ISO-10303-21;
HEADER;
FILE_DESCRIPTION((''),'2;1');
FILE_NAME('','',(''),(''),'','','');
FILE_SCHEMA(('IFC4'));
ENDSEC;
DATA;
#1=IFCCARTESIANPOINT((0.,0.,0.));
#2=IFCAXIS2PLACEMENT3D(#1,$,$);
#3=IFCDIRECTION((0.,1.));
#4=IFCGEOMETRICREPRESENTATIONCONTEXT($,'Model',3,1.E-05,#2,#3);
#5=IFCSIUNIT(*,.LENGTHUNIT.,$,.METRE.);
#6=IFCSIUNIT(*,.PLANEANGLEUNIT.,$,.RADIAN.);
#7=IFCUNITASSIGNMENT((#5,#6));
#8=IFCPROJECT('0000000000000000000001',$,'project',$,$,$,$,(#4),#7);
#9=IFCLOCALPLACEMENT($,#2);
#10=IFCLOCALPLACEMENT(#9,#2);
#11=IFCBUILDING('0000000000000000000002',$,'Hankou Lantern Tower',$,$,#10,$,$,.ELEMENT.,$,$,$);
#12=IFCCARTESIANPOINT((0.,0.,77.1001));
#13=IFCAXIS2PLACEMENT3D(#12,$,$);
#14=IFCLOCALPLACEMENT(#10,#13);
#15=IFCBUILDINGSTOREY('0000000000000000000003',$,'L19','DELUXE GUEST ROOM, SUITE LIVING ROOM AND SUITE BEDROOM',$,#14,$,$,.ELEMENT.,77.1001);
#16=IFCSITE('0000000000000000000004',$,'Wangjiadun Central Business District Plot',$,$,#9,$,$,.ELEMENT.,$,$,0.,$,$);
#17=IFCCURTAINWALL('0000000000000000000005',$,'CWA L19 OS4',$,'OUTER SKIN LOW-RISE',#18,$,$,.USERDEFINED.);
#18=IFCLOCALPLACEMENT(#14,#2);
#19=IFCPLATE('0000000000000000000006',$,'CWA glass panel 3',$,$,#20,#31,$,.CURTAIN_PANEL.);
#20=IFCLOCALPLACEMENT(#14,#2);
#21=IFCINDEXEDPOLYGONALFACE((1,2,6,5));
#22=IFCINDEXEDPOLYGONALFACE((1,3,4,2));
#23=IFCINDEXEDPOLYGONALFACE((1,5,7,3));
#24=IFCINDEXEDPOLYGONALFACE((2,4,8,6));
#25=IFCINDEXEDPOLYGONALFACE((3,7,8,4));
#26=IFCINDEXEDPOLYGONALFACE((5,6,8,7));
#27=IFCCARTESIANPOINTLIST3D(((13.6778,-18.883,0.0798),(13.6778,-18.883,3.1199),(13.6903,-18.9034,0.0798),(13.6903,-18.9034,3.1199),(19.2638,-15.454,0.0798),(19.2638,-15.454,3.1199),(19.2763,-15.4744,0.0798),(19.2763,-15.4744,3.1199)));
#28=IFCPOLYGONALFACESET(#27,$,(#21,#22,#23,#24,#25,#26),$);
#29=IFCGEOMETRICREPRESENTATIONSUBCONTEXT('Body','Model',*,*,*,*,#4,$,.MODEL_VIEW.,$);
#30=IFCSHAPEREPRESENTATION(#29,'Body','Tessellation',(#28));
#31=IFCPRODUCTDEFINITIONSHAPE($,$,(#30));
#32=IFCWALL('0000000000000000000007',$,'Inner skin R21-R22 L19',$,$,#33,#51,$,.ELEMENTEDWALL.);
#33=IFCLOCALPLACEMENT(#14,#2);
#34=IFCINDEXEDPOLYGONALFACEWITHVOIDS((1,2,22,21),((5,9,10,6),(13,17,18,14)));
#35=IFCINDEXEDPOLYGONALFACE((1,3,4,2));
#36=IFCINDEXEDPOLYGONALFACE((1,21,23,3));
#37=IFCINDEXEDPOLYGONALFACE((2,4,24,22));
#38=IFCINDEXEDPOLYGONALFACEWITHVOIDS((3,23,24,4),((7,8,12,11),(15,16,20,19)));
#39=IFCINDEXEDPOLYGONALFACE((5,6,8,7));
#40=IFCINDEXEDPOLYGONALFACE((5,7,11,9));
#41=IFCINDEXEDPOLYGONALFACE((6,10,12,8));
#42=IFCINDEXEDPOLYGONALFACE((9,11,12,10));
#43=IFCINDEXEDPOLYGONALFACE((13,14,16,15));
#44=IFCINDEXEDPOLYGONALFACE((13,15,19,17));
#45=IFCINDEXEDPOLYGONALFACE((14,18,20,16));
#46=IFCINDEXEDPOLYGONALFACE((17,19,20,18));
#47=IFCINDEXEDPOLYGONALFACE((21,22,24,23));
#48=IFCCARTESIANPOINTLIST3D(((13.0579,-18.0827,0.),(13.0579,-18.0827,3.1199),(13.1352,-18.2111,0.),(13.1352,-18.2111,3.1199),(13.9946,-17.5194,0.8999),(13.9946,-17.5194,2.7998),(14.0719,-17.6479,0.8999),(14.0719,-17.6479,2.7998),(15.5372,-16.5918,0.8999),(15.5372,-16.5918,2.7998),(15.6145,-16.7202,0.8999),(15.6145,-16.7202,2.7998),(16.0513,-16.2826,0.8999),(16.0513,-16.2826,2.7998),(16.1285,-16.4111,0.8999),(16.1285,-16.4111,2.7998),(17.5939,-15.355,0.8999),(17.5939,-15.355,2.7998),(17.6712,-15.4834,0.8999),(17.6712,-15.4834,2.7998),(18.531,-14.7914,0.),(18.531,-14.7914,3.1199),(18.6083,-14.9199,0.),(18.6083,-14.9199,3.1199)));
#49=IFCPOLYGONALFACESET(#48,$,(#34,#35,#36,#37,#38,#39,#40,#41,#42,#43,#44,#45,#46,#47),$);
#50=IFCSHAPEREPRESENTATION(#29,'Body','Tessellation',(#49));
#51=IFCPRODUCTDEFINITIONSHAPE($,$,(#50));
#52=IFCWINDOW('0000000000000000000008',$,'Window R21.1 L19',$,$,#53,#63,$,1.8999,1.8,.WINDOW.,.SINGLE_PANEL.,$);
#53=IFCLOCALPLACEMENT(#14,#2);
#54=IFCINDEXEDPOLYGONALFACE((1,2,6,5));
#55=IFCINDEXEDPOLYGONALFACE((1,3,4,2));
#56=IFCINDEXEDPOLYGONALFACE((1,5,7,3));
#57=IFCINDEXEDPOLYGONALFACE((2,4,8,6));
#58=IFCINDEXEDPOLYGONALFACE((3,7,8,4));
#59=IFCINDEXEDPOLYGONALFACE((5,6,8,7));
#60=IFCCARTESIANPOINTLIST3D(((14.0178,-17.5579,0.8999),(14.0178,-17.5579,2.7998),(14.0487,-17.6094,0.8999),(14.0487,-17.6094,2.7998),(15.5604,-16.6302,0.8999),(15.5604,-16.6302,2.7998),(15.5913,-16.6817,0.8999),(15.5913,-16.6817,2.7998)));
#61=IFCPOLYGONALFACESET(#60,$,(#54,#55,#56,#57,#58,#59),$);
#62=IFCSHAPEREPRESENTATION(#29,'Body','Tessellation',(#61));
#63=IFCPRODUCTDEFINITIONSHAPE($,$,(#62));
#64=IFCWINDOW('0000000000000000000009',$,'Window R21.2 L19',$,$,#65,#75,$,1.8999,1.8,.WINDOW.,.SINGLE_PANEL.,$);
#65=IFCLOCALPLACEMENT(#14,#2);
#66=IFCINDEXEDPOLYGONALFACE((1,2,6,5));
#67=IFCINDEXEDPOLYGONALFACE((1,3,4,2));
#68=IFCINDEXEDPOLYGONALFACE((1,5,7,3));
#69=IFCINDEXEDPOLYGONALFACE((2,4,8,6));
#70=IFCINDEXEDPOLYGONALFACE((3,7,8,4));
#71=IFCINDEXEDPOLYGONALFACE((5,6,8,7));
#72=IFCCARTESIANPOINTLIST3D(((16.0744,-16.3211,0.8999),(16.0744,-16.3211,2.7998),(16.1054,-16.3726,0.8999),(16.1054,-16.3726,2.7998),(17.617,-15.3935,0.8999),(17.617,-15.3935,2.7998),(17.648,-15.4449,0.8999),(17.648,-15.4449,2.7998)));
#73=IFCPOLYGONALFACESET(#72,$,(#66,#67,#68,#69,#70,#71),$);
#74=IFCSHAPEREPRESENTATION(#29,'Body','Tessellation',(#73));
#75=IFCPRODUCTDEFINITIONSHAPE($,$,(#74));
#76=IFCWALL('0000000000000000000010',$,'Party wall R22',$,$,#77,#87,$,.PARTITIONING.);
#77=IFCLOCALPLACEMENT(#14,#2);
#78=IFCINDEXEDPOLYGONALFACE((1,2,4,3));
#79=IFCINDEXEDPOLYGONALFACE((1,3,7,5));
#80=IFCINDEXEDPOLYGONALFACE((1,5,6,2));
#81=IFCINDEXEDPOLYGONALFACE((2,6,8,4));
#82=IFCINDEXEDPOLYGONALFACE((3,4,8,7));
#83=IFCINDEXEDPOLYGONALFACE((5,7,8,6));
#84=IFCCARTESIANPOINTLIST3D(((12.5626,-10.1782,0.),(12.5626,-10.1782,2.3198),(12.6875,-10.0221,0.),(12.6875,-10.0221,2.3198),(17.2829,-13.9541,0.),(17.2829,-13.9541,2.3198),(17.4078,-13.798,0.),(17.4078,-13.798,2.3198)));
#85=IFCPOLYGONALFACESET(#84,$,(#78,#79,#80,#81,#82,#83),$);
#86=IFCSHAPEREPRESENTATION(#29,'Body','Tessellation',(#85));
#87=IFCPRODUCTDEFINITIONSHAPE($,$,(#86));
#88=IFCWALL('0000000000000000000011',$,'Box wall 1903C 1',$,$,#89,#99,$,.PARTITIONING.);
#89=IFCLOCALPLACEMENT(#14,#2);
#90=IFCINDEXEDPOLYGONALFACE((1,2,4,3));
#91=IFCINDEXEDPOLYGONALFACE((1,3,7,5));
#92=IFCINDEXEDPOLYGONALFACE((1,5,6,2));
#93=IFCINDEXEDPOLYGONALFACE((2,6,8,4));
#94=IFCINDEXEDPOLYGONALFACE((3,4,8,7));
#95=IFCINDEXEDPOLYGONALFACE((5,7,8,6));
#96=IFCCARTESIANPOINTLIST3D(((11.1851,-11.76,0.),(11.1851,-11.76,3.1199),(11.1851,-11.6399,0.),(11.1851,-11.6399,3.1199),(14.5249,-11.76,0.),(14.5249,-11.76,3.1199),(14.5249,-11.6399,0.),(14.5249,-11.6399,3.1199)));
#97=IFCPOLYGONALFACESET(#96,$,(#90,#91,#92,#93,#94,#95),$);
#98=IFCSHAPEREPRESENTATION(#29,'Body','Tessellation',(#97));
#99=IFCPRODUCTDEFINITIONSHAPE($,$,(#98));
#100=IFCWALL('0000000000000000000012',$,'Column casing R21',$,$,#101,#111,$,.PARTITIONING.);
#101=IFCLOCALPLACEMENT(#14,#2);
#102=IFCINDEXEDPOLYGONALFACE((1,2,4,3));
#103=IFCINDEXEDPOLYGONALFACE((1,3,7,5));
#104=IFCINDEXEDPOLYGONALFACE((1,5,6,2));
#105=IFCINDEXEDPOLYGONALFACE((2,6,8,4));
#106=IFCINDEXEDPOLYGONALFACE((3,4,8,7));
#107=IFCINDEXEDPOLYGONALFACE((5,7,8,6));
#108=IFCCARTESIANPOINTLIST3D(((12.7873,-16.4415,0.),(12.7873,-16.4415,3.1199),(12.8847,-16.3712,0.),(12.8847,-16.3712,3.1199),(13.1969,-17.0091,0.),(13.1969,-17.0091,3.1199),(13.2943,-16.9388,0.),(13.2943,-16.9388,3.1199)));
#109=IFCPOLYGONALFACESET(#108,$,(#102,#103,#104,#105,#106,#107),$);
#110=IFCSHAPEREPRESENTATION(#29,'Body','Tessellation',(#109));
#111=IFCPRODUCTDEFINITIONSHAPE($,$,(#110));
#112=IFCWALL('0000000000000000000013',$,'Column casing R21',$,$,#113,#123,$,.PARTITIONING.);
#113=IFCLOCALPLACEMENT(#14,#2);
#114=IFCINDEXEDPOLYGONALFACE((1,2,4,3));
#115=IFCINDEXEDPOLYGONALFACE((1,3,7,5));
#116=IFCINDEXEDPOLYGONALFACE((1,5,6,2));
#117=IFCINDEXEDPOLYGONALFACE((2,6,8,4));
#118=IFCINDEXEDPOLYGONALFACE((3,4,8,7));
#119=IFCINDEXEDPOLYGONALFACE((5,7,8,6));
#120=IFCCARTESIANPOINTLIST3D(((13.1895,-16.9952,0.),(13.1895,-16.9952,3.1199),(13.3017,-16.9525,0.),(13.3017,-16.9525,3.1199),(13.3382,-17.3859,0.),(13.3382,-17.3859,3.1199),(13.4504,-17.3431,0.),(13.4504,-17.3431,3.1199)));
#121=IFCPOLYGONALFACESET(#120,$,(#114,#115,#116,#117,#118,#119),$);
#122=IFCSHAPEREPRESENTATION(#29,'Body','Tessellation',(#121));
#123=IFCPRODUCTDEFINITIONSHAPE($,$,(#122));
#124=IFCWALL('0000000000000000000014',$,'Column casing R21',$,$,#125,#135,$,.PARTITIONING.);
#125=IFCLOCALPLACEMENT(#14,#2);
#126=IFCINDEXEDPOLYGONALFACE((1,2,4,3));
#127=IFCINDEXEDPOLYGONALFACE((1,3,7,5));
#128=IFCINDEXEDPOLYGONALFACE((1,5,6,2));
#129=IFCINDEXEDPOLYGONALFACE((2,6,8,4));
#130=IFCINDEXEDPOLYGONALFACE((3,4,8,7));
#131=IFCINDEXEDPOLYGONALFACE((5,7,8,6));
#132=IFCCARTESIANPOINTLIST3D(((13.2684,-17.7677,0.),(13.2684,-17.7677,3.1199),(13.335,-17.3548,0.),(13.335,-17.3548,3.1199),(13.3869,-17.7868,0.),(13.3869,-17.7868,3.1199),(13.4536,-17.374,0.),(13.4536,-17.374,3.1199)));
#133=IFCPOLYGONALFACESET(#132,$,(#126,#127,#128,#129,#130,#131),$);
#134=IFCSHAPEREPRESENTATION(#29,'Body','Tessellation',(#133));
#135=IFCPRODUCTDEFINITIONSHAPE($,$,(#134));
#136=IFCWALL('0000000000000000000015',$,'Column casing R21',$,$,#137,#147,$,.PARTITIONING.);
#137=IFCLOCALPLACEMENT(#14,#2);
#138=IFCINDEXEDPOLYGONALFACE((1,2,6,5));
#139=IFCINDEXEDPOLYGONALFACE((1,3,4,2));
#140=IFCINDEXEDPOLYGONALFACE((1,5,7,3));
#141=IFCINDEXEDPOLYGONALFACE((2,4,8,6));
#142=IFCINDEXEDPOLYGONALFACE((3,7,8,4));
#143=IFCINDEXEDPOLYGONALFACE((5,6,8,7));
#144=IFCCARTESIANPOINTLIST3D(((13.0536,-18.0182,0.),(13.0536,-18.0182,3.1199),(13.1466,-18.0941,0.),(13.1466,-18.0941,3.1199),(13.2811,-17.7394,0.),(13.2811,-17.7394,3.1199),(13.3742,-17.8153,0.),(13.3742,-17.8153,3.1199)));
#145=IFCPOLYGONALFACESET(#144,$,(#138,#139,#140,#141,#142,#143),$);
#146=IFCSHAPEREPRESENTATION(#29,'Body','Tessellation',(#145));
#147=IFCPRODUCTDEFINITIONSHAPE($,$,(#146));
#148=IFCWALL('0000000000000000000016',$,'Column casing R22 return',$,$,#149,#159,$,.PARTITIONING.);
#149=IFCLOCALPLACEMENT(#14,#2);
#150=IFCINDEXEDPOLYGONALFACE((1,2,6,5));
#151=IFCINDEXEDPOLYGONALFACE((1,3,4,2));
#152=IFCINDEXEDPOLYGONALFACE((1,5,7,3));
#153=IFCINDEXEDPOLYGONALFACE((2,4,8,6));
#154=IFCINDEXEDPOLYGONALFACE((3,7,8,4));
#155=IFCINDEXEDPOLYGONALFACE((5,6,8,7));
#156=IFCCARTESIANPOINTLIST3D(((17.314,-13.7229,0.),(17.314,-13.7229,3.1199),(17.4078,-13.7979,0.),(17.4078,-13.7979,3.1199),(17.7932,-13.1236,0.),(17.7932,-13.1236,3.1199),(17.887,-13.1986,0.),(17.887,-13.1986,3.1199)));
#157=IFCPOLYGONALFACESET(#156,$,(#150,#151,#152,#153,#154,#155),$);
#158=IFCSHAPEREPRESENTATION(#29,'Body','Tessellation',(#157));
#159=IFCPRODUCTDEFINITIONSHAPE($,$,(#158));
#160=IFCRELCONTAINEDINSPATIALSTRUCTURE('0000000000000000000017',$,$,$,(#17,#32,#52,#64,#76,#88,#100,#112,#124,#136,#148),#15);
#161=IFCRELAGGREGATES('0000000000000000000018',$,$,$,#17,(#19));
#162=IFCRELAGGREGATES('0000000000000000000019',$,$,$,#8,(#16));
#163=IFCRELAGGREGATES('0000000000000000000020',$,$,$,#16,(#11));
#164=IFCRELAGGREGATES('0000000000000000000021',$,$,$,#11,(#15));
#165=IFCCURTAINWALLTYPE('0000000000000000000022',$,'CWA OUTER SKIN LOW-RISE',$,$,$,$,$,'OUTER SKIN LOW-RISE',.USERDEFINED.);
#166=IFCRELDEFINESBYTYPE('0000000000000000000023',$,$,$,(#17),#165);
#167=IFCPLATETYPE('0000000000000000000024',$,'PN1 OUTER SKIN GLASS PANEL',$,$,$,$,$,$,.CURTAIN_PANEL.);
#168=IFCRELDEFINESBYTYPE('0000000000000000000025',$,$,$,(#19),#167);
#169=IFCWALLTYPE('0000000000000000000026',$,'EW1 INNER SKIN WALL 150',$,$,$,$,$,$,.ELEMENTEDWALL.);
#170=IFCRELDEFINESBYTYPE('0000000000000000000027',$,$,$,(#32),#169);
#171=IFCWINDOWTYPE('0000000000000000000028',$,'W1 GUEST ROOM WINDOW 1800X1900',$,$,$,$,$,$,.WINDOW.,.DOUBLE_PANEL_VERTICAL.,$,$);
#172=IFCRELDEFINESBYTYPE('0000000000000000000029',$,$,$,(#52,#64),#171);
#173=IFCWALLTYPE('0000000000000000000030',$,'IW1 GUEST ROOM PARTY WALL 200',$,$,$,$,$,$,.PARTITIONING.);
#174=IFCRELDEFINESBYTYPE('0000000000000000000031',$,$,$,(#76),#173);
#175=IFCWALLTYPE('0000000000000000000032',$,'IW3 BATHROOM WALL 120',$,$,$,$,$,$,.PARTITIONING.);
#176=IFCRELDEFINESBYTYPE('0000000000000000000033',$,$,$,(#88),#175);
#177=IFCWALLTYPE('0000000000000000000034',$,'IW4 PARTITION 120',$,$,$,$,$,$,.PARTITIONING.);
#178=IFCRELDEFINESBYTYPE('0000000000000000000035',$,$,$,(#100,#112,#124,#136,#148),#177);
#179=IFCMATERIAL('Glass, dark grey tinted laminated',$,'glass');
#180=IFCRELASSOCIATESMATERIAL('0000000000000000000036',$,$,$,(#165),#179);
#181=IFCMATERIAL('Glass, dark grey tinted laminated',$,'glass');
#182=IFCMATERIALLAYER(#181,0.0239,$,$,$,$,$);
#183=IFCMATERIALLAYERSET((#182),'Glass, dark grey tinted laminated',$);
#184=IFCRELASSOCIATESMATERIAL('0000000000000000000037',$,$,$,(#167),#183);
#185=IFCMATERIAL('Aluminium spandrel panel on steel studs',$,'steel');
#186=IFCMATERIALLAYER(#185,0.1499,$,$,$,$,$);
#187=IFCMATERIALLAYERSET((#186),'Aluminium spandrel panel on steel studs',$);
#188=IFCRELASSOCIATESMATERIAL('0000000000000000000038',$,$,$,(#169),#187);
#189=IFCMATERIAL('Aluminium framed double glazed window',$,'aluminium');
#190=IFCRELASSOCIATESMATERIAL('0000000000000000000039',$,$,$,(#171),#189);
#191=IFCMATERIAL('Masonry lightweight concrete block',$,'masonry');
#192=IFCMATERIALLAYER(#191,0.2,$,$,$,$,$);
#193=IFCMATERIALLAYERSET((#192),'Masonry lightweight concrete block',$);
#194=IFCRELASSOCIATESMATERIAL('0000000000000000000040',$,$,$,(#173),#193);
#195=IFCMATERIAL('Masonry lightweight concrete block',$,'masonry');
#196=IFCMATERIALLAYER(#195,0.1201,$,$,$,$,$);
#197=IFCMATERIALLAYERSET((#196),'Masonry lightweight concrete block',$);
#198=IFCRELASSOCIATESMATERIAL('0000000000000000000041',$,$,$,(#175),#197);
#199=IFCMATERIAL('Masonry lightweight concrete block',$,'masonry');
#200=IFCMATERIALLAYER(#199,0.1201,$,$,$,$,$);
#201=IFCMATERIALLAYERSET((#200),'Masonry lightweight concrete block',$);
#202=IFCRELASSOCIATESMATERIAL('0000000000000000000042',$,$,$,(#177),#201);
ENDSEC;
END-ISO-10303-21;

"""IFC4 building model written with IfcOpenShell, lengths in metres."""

from ifc_helpers import new_model, si_unit, direction, frame, frame_2d, origin, origin_2d, place, context, subcontext, project, spatial, rectangle, extrude, material, layer, layer_set, type_object, element, fill, aggregate, save


model = new_model("IFC4")

# Units and contexts
model_context = context("Model", 3, precision=1e-05, world=origin(), true_north=direction((0.0, 1.0)))
body_context = subcontext(model_context, "Body", "Model", "MODEL_VIEW")
ifc_project = project(units=[si_unit("LENGTHUNIT", "METRE"), si_unit("PLANEANGLEUNIT", "RADIAN")], contexts=[model_context])

# Site, building, storey
site_placement = place(None, origin())
site = spatial("IfcSite", under=ifc_project, at=site_placement, Name="Wangjiadun Central Business District Plot", CompositionType="ELEMENT", RefElevation=0.0)
building_placement = place(site_placement, origin())
building = spatial("IfcBuilding", under=site, at=building_placement, Name="Hankou Lantern Tower", CompositionType="ELEMENT")
storey_placement = place(building_placement, frame((0.0, 0.0, 77.1001)))
storey = spatial("IfcBuildingStorey", under=building, at=storey_placement, Name="L19", Description="DELUXE GUEST ROOM, SUITE LIVING ROOM AND SUITE BEDROOM", CompositionType="ELEMENT", Elevation=77.1001)

# Curtain wall
ifc_material_1 = material(Name="Glass, dark grey tinted laminated", Category="glass")
curtain_wall_type = type_object("IfcCurtainWallType", Name="CWA OUTER SKIN LOW-RISE", ElementType="OUTER SKIN LOW-RISE", PredefinedType="USERDEFINED", material=ifc_material_1)
curtain_wall_placement = place(storey_placement, origin())
curtain_wall = element("IfcCurtainWall", 1, at=curtain_wall_placement, inside=storey, type_object=curtain_wall_type, Name="CWA L19 OS4", ObjectType="OUTER SKIN LOW-RISE", PredefinedType="USERDEFINED")

# Plate
ifc_material_2 = material(Name="Glass, dark grey tinted laminated", Category="glass")
ifc_layer_1 = layer(ifc_material_2, 0.0239)
ifc_layer_set_1 = layer_set([ifc_layer_1], Name="Glass, dark grey tinted laminated")
plate_type = type_object("IfcPlateType", Name="PN1 OUTER SKIN GLASS PANEL", PredefinedType="CURTAIN_PANEL", material=ifc_layer_set_1)
plate_placement = place(storey_placement, frame((16.4771, -17.1787, 0.0798), z_axis=(0.0, 0.0, 1.0), x_axis=(0.852237, 0.523156, 0.0)))
plate = element("IfcPlate", 2, at=plate_placement, type_object=plate_type, Name="CWA glass panel 3", PredefinedType="CURTAIN_PANEL", context=body_context, shape_type="SweptSolid", body=[
    extrude(rectangle(XDim=6.5544, YDim=0.0239, at=origin_2d()), origin(), (0.0, 0.0, 1.0), 3.04),
])
aggregate(curtain_wall, [plate])

# Wall, openings, windows
ifc_material_3 = material(Name="Aluminium spandrel panel on steel studs", Category="steel")
ifc_layer_2 = layer(ifc_material_3, 0.1499)
ifc_layer_set_2 = layer_set([ifc_layer_2], Name="Aluminium spandrel panel on steel studs")
wall_type_1 = type_object("IfcWallType", Name="EW1 INNER SKIN WALL 150", PredefinedType="ELEMENTEDWALL", material=ifc_layer_set_2)
wall_1_placement = place(storey_placement, frame((13.0964, -18.147, 0.0), z_axis=(0.0, 0.0, 1.0), x_axis=(0.856983, 0.515344, 0.0)))
wall_1 = element("IfcWall", 3, at=wall_1_placement, inside=storey, type_object=wall_type_1, Name="Inner skin R21-R22 L19", PredefinedType="ELEMENTEDWALL", context=body_context, shape_type="SweptSolid", body=[
    extrude(rectangle(XDim=6.3865, YDim=0.1499, at=frame_2d((3.1934, 0.0))), origin(), (0.0, 0.0, 1.0), 3.1199),
])
opening_1_placement = place(wall_1_placement, frame((1.0933, 0.0, 0.8999)))
opening_1 = element("IfcOpeningElement", 4, at=opening_1_placement, cuts=wall_1, PredefinedType="OPENING", context=body_context, shape_type="SweptSolid", body=[
    extrude(rectangle(XDim=1.8, YDim=1.8999, at=frame_2d((0.8999, 0.95))), frame((0.0, 0.085, 0.0), z_axis=(0.0, -1.0, 0.0), x_axis=(1.0, 0.0, 0.0)), (0.0, 0.0, 1.0), 0.1699),
])
opening_2_placement = place(wall_1_placement, frame((3.4932, 0.0, 0.8999)))
opening_2 = element("IfcOpeningElement", 5, at=opening_2_placement, cuts=wall_1, PredefinedType="OPENING", context=body_context, shape_type="SweptSolid", body=[
    extrude(rectangle(XDim=1.8, YDim=1.8999, at=frame_2d((0.8999, 0.95))), frame((0.0, 0.085, 0.0), z_axis=(0.0, -1.0, 0.0), x_axis=(1.0, 0.0, 0.0)), (0.0, 0.0, 1.0), 0.1699),
])
ifc_material_4 = material(Name="Aluminium framed double glazed window", Category="aluminium")
window_type = type_object("IfcWindowType", Name="W1 GUEST ROOM WINDOW 1800X1900", PartitioningType="DOUBLE_PANEL_VERTICAL", PredefinedType="WINDOW", material=ifc_material_4)
window_1_placement = place(opening_1_placement, origin())
window_1 = element("IfcWindow", 6, at=window_1_placement, inside=storey, type_object=window_type, Name="Window R21.1 L19", OverallHeight=1.8999, OverallWidth=1.8, PartitioningType="SINGLE_PANEL", PredefinedType="WINDOW", context=body_context, shape_type="SweptSolid", body=[
    extrude(rectangle(XDim=1.8, YDim=1.8999, at=frame_2d((0.8999, 0.95))), frame((0.0, 0.03, 0.0), z_axis=(0.0, -1.0, 0.0), x_axis=(1.0, 0.0, 0.0)), (0.0, 0.0, 1.0), 0.0601),
])
fill(opening_1, window_1)
window_2_placement = place(opening_2_placement, origin())
window_2 = element("IfcWindow", 7, at=window_2_placement, inside=storey, type_object=window_type, Name="Window R21.2 L19", OverallHeight=1.8999, OverallWidth=1.8, PartitioningType="SINGLE_PANEL", PredefinedType="WINDOW", context=body_context, shape_type="SweptSolid", body=[
    extrude(rectangle(XDim=1.8, YDim=1.8999, at=frame_2d((0.8999, 0.95))), frame((0.0, 0.03, 0.0), z_axis=(0.0, -1.0, 0.0), x_axis=(1.0, 0.0, 0.0)), (0.0, 0.0, 1.0), 0.0601),
])
fill(opening_2, window_2)

# Walls
ifc_material_5 = material(Name="Masonry lightweight concrete block", Category="masonry")
ifc_layer_3 = layer(ifc_material_5, 0.2)
ifc_layer_set_3 = layer_set([ifc_layer_3], Name="Masonry lightweight concrete block")
wall_type_2 = type_object("IfcWallType", Name="IW1 GUEST ROOM PARTY WALL 200", PredefinedType="PARTITIONING", material=ifc_layer_set_3)
wall_2_placement = place(storey_placement, frame((12.625, -10.1001, 0.0), z_axis=(0.0, 0.0, 1.0), x_axis=(0.780892, -0.624665, 0.0)))
element("IfcWall", 8, at=wall_2_placement, inside=storey, type_object=wall_type_2, Name="Party wall R22", PredefinedType="PARTITIONING", context=body_context, shape_type="SweptSolid", body=[
    extrude(rectangle(XDim=6.0447, YDim=0.2, at=frame_2d((3.0225, 0.0))), origin(), (0.0, 0.0, 1.0), 2.3198),
])
ifc_material_6 = material(Name="Masonry lightweight concrete block", Category="masonry")
ifc_layer_4 = layer(ifc_material_6, 0.1201)
ifc_layer_set_4 = layer_set([ifc_layer_4], Name="Masonry lightweight concrete block")
wall_type_3 = type_object("IfcWallType", Name="IW3 BATHROOM WALL 120", PredefinedType="PARTITIONING", material=ifc_layer_set_4)
wall_3_placement = place(storey_placement, frame((14.5249, -11.7, 0.0), z_axis=(0.0, 0.0, 1.0), x_axis=(-1.0, 0.0, 0.0)))
element("IfcWall", 9, at=wall_3_placement, inside=storey, type_object=wall_type_3, Name="Box wall 1903C 1", PredefinedType="PARTITIONING", context=body_context, shape_type="SweptSolid", body=[
    extrude(rectangle(XDim=3.3398, YDim=0.1201, at=frame_2d((1.6699, 0.0))), origin(), (0.0, 0.0, 1.0), 3.1199),
])
ifc_material_7 = material(Name="Masonry lightweight concrete block", Category="masonry")
ifc_layer_5 = layer(ifc_material_7, 0.1201)
ifc_layer_set_5 = layer_set([ifc_layer_5], Name="Masonry lightweight concrete block")
wall_type_4 = type_object("IfcWallType", Name="IW4 PARTITION 120", PredefinedType="PARTITIONING", material=ifc_layer_set_5)
wall_4_placement = place(storey_placement, frame((12.8359, -16.4062, 0.0), z_axis=(0.0, 0.0, 1.0), x_axis=(0.585223, -0.810872, 0.0)))
element("IfcWall", 10, at=wall_4_placement, inside=storey, type_object=wall_type_4, Name="Column casing R21", PredefinedType="PARTITIONING", context=body_context, shape_type="SweptSolid", body=[
    extrude(rectangle(XDim=0.7, YDim=0.1201, at=frame_2d((0.3501, 0.0))), origin(), (0.0, 0.0, 1.0), 3.1199),
])
wall_5_placement = place(storey_placement, frame((13.2456, -16.9739, 0.0), z_axis=(0.0, 0.0, 1.0), x_axis=(0.355728, -0.934589, 0.0)))
element("IfcWall", 11, at=wall_5_placement, inside=storey, type_object=wall_type_4, Name="Column casing R21", PredefinedType="PARTITIONING", context=body_context, shape_type="SweptSolid", body=[
    extrude(rectangle(XDim=0.418, YDim=0.1201, at=frame_2d((0.209, 0.0))), origin(), (0.0, 0.0, 1.0), 3.1199),
])
wall_6_placement = place(storey_placement, frame((13.3943, -17.3645, 0.0), z_axis=(0.0, 0.0, 1.0), x_axis=(-0.159379, -0.987217, 0.0)))
element("IfcWall", 12, at=wall_6_placement, inside=storey, type_object=wall_type_4, Name="Column casing R21", PredefinedType="PARTITIONING", context=body_context, shape_type="SweptSolid", body=[
    extrude(rectangle(XDim=0.4182, YDim=0.1201, at=frame_2d((0.209, 0.0))), origin(), (0.0, 0.0, 1.0), 3.1199),
])
wall_7_placement = place(storey_placement, frame((13.3276, -17.7773, 0.0), z_axis=(0.0, 0.0, 1.0), x_axis=(-0.632277, -0.774743, 0.0)))
element("IfcWall", 13, at=wall_7_placement, inside=storey, type_object=wall_type_4, Name="Column casing R21", PredefinedType="PARTITIONING", context=body_context, shape_type="SweptSolid", body=[
    extrude(rectangle(XDim=0.3599, YDim=0.1201, at=frame_2d((0.1799, 0.0))), origin(), (0.0, 0.0, 1.0), 3.1199),
])
wall_8_placement = place(storey_placement, frame((17.3608, -13.7605, 0.0), z_axis=(0.0, 0.0, 1.0), x_axis=(0.624501, 0.781024, 0.0)))
element("IfcWall", 14, at=wall_8_placement, inside=storey, type_object=wall_type_4, Name="Column casing R22 return", PredefinedType="PARTITIONING", context=body_context, shape_type="SweptSolid", body=[
    extrude(rectangle(XDim=0.7673, YDim=0.1201, at=frame_2d((0.3838, 0.0))), origin(), (0.0, 0.0, 1.0), 3.1199),
])

save(model, "model.ifc")
